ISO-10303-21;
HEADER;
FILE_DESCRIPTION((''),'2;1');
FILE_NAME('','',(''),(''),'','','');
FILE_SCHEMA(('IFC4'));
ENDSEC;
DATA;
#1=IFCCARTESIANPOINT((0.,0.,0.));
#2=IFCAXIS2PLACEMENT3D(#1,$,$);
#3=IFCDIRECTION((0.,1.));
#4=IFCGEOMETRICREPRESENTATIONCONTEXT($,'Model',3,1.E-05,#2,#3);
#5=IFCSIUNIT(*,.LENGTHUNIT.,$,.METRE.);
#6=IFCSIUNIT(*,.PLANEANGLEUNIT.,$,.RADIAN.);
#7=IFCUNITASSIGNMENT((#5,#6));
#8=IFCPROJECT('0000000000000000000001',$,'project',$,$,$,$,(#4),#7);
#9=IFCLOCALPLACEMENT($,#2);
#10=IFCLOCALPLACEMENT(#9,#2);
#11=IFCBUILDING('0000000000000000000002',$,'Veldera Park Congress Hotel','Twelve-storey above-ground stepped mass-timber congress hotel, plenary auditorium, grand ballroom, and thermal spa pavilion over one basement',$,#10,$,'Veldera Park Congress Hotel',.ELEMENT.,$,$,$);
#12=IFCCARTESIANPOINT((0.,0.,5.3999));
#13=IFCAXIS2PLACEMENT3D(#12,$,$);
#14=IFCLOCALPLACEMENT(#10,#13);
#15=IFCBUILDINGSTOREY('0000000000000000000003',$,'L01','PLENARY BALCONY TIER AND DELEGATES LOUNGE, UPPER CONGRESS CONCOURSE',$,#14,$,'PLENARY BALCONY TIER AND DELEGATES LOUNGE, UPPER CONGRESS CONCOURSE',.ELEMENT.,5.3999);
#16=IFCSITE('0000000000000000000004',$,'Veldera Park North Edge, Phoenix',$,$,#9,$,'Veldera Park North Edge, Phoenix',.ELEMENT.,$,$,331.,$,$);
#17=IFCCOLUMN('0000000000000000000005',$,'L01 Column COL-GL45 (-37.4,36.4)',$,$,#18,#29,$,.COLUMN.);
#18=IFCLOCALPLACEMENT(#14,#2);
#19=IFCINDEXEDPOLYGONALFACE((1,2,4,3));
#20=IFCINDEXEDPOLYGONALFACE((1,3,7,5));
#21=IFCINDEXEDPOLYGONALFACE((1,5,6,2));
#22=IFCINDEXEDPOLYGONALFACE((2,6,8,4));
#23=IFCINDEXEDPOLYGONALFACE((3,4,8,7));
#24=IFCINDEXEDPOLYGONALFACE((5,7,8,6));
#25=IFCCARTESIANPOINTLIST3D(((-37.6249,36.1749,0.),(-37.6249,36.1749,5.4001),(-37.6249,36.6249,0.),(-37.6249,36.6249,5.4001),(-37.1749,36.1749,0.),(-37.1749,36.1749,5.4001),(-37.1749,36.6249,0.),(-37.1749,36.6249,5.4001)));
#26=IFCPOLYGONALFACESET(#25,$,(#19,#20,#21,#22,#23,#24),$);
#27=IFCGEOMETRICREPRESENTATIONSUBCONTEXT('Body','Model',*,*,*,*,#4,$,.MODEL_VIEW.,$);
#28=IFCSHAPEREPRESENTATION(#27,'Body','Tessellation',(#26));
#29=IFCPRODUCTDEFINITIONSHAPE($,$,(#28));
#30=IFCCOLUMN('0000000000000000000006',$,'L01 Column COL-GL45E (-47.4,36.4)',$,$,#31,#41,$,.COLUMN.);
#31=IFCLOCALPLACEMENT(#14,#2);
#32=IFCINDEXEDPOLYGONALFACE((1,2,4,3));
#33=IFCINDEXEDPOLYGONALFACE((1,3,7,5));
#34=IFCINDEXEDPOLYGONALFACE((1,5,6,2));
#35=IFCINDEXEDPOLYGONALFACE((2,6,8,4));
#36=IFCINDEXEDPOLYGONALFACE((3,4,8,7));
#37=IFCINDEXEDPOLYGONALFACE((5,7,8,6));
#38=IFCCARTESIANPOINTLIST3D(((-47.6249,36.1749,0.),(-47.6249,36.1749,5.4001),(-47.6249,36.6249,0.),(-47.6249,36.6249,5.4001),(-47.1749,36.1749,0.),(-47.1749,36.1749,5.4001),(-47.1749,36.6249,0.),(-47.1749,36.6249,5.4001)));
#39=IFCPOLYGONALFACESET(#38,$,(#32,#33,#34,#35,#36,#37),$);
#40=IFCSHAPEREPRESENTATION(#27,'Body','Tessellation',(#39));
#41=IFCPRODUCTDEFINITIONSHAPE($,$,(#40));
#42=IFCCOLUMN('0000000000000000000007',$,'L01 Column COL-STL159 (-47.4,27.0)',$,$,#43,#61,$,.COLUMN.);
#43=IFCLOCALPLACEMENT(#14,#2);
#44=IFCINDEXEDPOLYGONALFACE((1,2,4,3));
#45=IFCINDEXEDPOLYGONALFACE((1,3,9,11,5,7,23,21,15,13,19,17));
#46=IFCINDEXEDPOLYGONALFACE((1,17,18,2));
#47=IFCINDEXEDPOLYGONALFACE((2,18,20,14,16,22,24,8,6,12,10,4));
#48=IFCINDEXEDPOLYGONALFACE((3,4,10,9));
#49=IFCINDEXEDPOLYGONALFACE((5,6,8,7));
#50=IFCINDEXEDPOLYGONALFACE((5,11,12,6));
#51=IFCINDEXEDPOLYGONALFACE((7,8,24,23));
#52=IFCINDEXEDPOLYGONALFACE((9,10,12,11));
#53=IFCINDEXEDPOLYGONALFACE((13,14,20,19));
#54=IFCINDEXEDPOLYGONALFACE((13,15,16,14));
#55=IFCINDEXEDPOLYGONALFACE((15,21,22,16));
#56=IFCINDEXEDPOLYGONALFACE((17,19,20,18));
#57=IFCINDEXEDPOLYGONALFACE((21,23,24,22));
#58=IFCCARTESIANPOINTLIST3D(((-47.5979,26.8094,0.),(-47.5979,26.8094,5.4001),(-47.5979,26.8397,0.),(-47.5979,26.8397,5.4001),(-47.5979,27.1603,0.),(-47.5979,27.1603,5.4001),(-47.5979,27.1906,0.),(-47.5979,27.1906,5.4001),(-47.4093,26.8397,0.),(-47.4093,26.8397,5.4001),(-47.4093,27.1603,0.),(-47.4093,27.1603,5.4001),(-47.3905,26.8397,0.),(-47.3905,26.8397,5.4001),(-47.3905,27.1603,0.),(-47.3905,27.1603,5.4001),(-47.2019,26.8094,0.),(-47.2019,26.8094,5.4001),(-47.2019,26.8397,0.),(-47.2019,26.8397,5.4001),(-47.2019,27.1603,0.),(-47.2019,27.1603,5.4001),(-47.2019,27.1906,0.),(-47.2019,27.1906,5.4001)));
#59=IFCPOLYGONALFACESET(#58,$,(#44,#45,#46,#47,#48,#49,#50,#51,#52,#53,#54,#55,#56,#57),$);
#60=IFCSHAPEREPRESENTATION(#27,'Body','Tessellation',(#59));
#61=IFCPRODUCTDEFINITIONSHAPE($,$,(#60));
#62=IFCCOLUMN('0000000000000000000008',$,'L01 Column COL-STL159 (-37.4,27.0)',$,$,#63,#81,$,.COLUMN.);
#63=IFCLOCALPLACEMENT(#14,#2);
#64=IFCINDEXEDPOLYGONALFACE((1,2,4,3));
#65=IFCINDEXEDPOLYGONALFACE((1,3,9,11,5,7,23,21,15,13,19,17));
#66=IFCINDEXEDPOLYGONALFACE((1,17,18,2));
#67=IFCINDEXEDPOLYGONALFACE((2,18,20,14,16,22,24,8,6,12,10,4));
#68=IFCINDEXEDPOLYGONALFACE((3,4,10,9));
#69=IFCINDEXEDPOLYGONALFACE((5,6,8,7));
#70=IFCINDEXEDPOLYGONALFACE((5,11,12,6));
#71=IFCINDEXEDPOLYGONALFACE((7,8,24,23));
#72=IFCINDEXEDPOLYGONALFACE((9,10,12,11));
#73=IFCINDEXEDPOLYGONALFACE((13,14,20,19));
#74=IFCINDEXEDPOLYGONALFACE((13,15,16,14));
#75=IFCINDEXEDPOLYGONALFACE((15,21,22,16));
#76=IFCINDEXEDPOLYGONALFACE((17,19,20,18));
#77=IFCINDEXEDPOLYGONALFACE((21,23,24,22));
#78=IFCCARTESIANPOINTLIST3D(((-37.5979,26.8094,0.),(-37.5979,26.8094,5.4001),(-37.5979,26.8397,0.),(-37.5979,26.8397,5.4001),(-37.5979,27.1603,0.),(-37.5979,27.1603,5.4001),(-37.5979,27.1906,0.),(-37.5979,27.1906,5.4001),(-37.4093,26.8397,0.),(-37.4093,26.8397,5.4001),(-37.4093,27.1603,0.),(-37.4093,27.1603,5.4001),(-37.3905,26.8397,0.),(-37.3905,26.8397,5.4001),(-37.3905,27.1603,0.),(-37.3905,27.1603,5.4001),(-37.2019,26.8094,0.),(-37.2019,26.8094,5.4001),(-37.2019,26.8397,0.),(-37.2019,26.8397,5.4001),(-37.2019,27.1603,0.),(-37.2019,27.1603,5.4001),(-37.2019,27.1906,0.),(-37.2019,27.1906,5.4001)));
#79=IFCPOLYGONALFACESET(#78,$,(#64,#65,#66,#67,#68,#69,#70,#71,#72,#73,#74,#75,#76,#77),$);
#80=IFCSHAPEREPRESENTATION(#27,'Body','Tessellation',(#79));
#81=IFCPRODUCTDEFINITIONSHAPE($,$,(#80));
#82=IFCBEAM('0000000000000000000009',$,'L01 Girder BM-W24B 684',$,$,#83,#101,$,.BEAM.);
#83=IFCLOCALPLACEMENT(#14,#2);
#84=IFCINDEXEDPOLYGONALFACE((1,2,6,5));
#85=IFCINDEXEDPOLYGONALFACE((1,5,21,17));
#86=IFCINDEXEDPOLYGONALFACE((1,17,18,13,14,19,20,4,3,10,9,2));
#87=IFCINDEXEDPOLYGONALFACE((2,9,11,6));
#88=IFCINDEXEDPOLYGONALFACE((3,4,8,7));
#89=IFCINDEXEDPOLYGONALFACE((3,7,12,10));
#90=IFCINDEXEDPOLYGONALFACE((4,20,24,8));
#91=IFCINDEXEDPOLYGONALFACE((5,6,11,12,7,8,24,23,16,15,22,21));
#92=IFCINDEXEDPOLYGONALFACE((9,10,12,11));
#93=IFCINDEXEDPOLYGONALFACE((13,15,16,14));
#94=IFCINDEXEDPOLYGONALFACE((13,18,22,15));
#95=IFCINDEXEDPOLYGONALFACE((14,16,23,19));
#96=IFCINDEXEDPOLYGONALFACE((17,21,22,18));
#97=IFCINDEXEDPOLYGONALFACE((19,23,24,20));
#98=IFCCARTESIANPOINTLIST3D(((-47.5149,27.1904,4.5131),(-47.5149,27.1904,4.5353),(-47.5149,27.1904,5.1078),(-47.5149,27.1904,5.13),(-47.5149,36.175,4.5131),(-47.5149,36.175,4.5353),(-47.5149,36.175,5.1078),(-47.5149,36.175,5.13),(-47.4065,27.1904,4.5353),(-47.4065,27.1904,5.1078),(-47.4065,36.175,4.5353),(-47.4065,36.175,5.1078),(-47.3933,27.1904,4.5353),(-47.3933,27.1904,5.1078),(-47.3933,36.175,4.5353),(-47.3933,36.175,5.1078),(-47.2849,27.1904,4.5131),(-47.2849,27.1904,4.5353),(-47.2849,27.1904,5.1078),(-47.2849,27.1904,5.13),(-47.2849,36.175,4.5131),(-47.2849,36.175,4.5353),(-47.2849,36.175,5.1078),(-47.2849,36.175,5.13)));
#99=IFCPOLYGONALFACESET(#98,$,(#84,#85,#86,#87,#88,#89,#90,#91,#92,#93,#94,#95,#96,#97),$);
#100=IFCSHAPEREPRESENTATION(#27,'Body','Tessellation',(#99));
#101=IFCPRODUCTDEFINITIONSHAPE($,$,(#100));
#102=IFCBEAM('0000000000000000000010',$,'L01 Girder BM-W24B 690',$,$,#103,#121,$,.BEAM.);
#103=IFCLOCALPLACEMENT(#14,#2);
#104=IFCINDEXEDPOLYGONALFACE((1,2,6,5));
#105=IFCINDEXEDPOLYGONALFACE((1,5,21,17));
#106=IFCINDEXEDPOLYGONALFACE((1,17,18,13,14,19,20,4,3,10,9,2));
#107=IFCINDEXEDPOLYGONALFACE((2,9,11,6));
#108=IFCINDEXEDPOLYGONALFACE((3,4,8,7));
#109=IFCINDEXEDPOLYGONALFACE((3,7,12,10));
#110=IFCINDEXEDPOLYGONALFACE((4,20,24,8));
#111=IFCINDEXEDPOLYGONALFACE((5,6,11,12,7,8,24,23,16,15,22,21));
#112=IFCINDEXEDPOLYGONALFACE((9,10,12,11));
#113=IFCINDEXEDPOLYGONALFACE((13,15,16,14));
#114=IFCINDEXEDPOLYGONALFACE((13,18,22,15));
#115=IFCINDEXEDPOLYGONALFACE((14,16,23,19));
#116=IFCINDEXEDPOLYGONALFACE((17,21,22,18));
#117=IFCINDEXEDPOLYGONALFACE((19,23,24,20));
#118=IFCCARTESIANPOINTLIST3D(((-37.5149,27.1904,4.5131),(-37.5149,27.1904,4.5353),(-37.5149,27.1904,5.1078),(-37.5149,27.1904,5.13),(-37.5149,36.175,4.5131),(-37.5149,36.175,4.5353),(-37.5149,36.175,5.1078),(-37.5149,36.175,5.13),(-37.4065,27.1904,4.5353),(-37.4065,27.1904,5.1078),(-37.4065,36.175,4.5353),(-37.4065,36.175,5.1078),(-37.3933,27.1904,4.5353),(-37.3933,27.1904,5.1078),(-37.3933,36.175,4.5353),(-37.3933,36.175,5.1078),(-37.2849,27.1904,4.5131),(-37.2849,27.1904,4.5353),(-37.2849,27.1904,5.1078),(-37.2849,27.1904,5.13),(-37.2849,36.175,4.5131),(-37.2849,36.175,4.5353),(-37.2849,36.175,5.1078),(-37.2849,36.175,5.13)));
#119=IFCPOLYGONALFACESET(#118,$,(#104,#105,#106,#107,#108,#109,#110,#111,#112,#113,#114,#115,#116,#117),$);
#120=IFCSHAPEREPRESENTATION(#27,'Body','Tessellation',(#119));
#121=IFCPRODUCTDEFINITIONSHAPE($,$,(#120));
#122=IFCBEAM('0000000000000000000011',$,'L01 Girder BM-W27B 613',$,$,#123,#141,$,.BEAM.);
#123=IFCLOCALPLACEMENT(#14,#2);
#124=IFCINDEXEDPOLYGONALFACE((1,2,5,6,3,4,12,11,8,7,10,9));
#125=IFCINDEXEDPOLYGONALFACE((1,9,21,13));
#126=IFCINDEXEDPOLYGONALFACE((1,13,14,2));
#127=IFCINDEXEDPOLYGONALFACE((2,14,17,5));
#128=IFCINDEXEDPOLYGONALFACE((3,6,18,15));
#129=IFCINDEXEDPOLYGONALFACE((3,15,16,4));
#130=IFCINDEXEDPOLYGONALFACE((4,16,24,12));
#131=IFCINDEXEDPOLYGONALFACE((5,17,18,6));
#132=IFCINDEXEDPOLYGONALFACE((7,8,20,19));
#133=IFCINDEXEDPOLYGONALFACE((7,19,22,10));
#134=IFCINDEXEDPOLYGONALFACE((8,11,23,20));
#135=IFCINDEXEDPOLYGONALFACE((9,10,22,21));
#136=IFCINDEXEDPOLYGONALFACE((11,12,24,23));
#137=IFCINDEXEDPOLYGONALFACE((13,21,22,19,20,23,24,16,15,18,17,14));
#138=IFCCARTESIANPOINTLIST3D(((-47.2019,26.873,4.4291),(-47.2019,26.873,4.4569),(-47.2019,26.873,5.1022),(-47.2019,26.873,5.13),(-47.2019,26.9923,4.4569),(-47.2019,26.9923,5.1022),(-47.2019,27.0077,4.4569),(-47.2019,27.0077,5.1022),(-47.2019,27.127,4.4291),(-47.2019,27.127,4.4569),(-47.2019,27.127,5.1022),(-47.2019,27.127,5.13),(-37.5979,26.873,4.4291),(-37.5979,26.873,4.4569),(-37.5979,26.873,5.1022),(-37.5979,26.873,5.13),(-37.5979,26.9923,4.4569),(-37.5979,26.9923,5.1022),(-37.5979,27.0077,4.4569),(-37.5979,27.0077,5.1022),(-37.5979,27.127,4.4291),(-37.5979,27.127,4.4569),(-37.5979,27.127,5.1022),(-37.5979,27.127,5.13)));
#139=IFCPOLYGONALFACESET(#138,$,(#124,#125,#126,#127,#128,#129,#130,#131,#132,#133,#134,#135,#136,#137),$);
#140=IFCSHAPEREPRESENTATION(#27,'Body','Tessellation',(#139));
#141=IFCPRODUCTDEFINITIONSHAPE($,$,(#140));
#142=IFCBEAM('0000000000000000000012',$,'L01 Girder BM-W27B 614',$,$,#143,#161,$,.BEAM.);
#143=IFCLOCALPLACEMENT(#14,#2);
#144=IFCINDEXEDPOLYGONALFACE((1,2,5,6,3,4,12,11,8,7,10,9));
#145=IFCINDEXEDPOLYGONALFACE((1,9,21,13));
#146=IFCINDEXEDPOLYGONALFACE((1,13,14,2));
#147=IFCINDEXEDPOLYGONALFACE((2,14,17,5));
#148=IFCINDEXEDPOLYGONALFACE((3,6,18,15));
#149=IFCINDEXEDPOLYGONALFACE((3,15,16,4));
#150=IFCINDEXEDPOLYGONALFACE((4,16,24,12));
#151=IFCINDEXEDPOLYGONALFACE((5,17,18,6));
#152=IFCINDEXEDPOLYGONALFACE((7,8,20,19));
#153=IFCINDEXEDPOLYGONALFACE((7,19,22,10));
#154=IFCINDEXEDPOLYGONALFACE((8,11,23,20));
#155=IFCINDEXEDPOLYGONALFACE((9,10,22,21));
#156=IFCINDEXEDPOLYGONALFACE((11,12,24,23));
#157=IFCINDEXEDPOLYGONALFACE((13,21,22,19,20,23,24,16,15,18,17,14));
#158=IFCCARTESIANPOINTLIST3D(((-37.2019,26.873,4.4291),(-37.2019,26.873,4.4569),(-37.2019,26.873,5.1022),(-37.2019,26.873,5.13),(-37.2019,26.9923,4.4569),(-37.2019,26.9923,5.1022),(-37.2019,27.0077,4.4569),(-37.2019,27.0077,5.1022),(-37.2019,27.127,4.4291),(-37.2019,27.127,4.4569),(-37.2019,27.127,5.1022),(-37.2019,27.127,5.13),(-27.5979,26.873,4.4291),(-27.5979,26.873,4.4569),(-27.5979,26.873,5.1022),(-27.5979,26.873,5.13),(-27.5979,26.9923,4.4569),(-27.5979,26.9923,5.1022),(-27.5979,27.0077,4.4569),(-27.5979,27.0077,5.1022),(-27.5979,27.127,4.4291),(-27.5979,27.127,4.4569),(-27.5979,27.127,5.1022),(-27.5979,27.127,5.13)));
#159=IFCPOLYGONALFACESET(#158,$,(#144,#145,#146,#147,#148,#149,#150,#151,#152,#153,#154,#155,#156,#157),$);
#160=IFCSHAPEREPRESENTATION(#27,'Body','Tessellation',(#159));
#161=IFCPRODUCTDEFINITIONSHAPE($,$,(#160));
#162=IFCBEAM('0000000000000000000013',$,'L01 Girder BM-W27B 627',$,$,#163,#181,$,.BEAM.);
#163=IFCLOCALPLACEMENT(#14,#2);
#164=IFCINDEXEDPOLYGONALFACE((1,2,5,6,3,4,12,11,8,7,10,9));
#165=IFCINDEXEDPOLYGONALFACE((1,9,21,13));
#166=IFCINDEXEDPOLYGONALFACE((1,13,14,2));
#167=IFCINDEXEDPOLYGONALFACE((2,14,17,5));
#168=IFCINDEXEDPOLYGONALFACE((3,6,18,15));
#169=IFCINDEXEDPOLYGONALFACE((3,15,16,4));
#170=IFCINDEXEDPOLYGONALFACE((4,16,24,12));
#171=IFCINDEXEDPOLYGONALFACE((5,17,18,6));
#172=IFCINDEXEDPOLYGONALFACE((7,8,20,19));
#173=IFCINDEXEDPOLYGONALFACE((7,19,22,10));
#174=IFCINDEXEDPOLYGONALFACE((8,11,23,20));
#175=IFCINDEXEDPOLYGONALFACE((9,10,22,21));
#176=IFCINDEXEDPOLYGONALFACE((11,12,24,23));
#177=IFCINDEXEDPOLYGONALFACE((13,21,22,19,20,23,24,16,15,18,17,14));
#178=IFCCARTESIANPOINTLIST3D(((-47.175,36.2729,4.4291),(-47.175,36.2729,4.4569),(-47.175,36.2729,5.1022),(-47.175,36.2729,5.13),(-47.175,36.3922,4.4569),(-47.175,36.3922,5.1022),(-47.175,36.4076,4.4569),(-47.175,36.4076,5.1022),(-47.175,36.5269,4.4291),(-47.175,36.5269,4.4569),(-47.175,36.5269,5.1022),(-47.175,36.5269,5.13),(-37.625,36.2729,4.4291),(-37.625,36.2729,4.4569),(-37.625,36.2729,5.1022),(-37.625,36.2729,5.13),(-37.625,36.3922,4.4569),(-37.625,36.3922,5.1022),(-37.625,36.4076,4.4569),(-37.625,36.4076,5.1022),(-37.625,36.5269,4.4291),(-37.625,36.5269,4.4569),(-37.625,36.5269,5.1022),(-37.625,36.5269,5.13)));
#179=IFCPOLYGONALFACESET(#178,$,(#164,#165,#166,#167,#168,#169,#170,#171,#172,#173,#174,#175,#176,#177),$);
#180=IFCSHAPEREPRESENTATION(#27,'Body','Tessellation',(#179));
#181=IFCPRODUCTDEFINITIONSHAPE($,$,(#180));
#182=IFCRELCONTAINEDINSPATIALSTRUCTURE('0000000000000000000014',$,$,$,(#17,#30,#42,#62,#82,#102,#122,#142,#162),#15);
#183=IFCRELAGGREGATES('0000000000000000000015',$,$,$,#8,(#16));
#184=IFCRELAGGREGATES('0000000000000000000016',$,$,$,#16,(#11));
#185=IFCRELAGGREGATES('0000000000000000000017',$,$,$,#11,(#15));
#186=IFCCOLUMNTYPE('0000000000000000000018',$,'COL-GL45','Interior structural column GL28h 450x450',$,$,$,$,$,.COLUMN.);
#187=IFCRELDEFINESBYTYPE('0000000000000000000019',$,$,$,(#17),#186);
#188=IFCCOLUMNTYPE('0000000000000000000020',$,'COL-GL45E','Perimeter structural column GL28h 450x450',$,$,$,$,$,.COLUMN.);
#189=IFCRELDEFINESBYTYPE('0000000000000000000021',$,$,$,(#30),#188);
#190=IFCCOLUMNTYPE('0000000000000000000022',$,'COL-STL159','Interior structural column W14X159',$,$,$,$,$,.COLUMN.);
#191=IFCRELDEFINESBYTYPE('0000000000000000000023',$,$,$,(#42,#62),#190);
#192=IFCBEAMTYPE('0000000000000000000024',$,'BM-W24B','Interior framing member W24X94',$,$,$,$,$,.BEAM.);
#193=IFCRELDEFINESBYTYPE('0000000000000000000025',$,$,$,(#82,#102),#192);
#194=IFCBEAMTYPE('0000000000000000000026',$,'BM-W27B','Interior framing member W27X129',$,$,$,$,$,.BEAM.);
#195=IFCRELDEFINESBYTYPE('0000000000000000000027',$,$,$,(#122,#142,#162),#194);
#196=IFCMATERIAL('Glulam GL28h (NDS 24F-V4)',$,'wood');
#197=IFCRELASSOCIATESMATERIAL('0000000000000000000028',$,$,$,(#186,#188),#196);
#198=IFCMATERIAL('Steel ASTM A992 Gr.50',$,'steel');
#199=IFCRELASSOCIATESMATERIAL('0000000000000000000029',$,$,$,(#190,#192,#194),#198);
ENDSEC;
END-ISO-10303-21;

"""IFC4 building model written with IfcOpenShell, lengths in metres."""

from ifc_helpers import new_model, si_unit, direction, frame, origin, origin_2d, place, context, subcontext, project, spatial, rectangle, i_section, extrude, material, material_profile, profile_set, type_object, element, save


model = new_model("IFC4")

# Units and contexts
model_context = context("Model", 3, precision=1e-05, world=origin(), true_north=direction((0.0, 1.0)))
body_context = subcontext(model_context, "Body", "Model", "MODEL_VIEW")
ifc_project = project(units=[si_unit("LENGTHUNIT", "METRE"), si_unit("PLANEANGLEUNIT", "RADIAN")], contexts=[model_context])

# Site, building, storey
site_placement = place(None, origin())
site = spatial("IfcSite", under=ifc_project, at=site_placement, Name="Veldera Park North Edge, Phoenix", LongName="Veldera Park North Edge, Phoenix", CompositionType="ELEMENT", RefElevation=331.0)
building_placement = place(site_placement, origin())
building = spatial("IfcBuilding", under=site, at=building_placement, Name="Veldera Park Congress Hotel", Description="Twelve-storey above-ground stepped mass-timber congress hotel, plenary auditorium, grand ballroom, and thermal spa pavilion over one basement", LongName="Veldera Park Congress Hotel", CompositionType="ELEMENT")
storey_placement = place(building_placement, frame((0.0, 0.0, 5.3999)))
storey = spatial("IfcBuildingStorey", under=building, at=storey_placement, Name="L01", Description="PLENARY BALCONY TIER AND DELEGATES LOUNGE, UPPER CONGRESS CONCOURSE", LongName="PLENARY BALCONY TIER AND DELEGATES LOUNGE, UPPER CONGRESS CONCOURSE", CompositionType="ELEMENT", Elevation=5.3999)

# Columns
ifc_material_1 = material(Name="Glulam GL28h (NDS 24F-V4)", Category="wood")
ifc_material_profile_1 = material_profile(ifc_material_1, rectangle(XDim=0.45, YDim=0.45, at=origin_2d()), Name="GL28h 450x450")
ifc_profile_set_1 = profile_set([ifc_material_profile_1], Name="Glulam GL28h (NDS 24F-V4)")
column_type_1 = type_object("IfcColumnType", Name="COL-GL45", Description="Interior structural column GL28h 450x450", PredefinedType="COLUMN", material=ifc_profile_set_1)
column_1_placement = place(storey_placement, frame((-37.3999, 36.3999, 0.0), z_axis=(0.0, 0.0, 1.0), x_axis=(1.0, 0.0, 0.0)))
element("IfcColumn", 1, at=column_1_placement, inside=storey, type_object=column_type_1, Name="L01 Column COL-GL45 (-37.4,36.4)", PredefinedType="COLUMN", context=body_context, shape_type="SweptSolid", body=[
    extrude(rectangle(XDim=0.45, YDim=0.45, at=origin_2d()), origin(), (0.0, 0.0, 1.0), 5.4001),
])
ifc_material_profile_2 = material_profile(ifc_material_1, rectangle(XDim=0.45, YDim=0.45, at=origin_2d()), Name="GL28h 450x450")
ifc_profile_set_2 = profile_set([ifc_material_profile_2], Name="Glulam GL28h (NDS 24F-V4)")
column_type_2 = type_object("IfcColumnType", Name="COL-GL45E", Description="Perimeter structural column GL28h 450x450", PredefinedType="COLUMN", material=ifc_profile_set_2)
column_2_placement = place(storey_placement, frame((-47.3999, 36.3999, 0.0), z_axis=(0.0, 0.0, 1.0), x_axis=(1.0, 0.0, 0.0)))
element("IfcColumn", 2, at=column_2_placement, inside=storey, type_object=column_type_2, Name="L01 Column COL-GL45E (-47.4,36.4)", PredefinedType="COLUMN", context=body_context, shape_type="SweptSolid", body=[
    extrude(rectangle(XDim=0.45, YDim=0.45, at=origin_2d()), origin(), (0.0, 0.0, 1.0), 5.4001),
])
ifc_material_2 = material(Name="Steel ASTM A992 Gr.50", Category="steel")
ifc_material_profile_3 = material_profile(ifc_material_2, i_section(OverallWidth=0.396, OverallDepth=0.3811, WebThickness=0.0188, FlangeThickness=0.0303, at=origin_2d()), Name="W14X159")
ifc_profile_set_3 = profile_set([ifc_material_profile_3], Name="Steel ASTM A992 Gr.50")
column_type_3 = type_object("IfcColumnType", Name="COL-STL159", Description="Interior structural column W14X159", PredefinedType="COLUMN", material=ifc_profile_set_3)
for number, where, z_axis, x_axis, name in (
    (3, (-47.3999, 27.0, 0.0), (0.0, 0.0, 1.0), (1.0, 0.0, 0.0), "L01 Column COL-STL159 (-47.4,27.0)"),
    (4, (-37.3999, 27.0, 0.0), (0.0, 0.0, 1.0), (1.0, 0.0, 0.0), "L01 Column COL-STL159 (-37.4,27.0)"),
):
    element("IfcColumn", number, at=place(storey_placement, frame(where, z_axis=z_axis, x_axis=x_axis)), inside=storey, type_object=column_type_3, Name=name, PredefinedType="COLUMN", context=body_context, shape_type="SweptSolid", body=[
        extrude(i_section(OverallWidth=0.396, OverallDepth=0.3811, WebThickness=0.0188, FlangeThickness=0.0303, at=origin_2d()), origin(), (0.0, 0.0, 1.0), 5.4001),
    ])

# Beams
ifc_material_profile_4 = material_profile(ifc_material_2, i_section(OverallWidth=0.23, OverallDepth=0.6169, WebThickness=0.0132, FlangeThickness=0.0222, at=origin_2d()), Name="W24X94")
ifc_profile_set_4 = profile_set([ifc_material_profile_4], Name="Steel ASTM A992 Gr.50")
beam_type_1 = type_object("IfcBeamType", Name="BM-W24B", Description="Interior framing member W24X94", PredefinedType="BEAM", material=ifc_profile_set_4)
for number, where, z_axis, x_axis, name in (
    (5, (-47.3999, 27.1904, 4.8215), (0.0, 1.0, 0.0), (-1.0, 0.0, 0.0), "L01 Girder BM-W24B 684"),
    (6, (-37.3999, 27.1904, 4.8215), (0.0, 1.0, 0.0), (-1.0, 0.0, 0.0), "L01 Girder BM-W24B 690"),
):
    element("IfcBeam", number, at=place(storey_placement, frame(where, z_axis=z_axis, x_axis=x_axis)), inside=storey, type_object=beam_type_1, Name=name, PredefinedType="BEAM", context=body_context, shape_type="SweptSolid", body=[
        extrude(i_section(OverallWidth=0.23, OverallDepth=0.6169, WebThickness=0.0132, FlangeThickness=0.0222, at=origin_2d()), origin(), (0.0, 0.0, 1.0), 8.9846),
    ])
ifc_material_profile_5 = material_profile(ifc_material_2, i_section(OverallWidth=0.2539, OverallDepth=0.7009, WebThickness=0.0154, FlangeThickness=0.0278, at=origin_2d()), Name="W27X129")
ifc_profile_set_5 = profile_set([ifc_material_profile_5], Name="Steel ASTM A992 Gr.50")
beam_type_2 = type_object("IfcBeamType", Name="BM-W27B", Description="Interior framing member W27X129", PredefinedType="BEAM", material=ifc_profile_set_5)
for number, where, z_axis, x_axis, name in (
    (7, (-47.2019, 27.0, 4.7795), (1.0, 0.0, 0.0), (0.0, 1.0, 0.0), "L01 Girder BM-W27B 613"),
    (8, (-37.2019, 27.0, 4.7795), (1.0, 0.0, 0.0), (0.0, 1.0, 0.0), "L01 Girder BM-W27B 614"),
):
    element("IfcBeam", number, at=place(storey_placement, frame(where, z_axis=z_axis, x_axis=x_axis)), inside=storey, type_object=beam_type_2, Name=name, PredefinedType="BEAM", context=body_context, shape_type="SweptSolid", body=[
        extrude(i_section(OverallWidth=0.2539, OverallDepth=0.7009, WebThickness=0.0154, FlangeThickness=0.0278, at=origin_2d()), origin(), (0.0, 0.0, 1.0), 9.604),
    ])
beam_placement = place(storey_placement, frame((-47.175, 36.3999, 4.7795), z_axis=(1.0, 0.0, 0.0), x_axis=(0.0, 1.0, 0.0)))
element("IfcBeam", 9, at=beam_placement, inside=storey, type_object=beam_type_2, Name="L01 Girder BM-W27B 627", PredefinedType="BEAM", context=body_context, shape_type="SweptSolid", body=[
    extrude(i_section(OverallWidth=0.2539, OverallDepth=0.7009, WebThickness=0.0154, FlangeThickness=0.0278, at=origin_2d()), origin(), (0.0, 0.0, 1.0), 9.55),
])

save(model, "model.ifc")
